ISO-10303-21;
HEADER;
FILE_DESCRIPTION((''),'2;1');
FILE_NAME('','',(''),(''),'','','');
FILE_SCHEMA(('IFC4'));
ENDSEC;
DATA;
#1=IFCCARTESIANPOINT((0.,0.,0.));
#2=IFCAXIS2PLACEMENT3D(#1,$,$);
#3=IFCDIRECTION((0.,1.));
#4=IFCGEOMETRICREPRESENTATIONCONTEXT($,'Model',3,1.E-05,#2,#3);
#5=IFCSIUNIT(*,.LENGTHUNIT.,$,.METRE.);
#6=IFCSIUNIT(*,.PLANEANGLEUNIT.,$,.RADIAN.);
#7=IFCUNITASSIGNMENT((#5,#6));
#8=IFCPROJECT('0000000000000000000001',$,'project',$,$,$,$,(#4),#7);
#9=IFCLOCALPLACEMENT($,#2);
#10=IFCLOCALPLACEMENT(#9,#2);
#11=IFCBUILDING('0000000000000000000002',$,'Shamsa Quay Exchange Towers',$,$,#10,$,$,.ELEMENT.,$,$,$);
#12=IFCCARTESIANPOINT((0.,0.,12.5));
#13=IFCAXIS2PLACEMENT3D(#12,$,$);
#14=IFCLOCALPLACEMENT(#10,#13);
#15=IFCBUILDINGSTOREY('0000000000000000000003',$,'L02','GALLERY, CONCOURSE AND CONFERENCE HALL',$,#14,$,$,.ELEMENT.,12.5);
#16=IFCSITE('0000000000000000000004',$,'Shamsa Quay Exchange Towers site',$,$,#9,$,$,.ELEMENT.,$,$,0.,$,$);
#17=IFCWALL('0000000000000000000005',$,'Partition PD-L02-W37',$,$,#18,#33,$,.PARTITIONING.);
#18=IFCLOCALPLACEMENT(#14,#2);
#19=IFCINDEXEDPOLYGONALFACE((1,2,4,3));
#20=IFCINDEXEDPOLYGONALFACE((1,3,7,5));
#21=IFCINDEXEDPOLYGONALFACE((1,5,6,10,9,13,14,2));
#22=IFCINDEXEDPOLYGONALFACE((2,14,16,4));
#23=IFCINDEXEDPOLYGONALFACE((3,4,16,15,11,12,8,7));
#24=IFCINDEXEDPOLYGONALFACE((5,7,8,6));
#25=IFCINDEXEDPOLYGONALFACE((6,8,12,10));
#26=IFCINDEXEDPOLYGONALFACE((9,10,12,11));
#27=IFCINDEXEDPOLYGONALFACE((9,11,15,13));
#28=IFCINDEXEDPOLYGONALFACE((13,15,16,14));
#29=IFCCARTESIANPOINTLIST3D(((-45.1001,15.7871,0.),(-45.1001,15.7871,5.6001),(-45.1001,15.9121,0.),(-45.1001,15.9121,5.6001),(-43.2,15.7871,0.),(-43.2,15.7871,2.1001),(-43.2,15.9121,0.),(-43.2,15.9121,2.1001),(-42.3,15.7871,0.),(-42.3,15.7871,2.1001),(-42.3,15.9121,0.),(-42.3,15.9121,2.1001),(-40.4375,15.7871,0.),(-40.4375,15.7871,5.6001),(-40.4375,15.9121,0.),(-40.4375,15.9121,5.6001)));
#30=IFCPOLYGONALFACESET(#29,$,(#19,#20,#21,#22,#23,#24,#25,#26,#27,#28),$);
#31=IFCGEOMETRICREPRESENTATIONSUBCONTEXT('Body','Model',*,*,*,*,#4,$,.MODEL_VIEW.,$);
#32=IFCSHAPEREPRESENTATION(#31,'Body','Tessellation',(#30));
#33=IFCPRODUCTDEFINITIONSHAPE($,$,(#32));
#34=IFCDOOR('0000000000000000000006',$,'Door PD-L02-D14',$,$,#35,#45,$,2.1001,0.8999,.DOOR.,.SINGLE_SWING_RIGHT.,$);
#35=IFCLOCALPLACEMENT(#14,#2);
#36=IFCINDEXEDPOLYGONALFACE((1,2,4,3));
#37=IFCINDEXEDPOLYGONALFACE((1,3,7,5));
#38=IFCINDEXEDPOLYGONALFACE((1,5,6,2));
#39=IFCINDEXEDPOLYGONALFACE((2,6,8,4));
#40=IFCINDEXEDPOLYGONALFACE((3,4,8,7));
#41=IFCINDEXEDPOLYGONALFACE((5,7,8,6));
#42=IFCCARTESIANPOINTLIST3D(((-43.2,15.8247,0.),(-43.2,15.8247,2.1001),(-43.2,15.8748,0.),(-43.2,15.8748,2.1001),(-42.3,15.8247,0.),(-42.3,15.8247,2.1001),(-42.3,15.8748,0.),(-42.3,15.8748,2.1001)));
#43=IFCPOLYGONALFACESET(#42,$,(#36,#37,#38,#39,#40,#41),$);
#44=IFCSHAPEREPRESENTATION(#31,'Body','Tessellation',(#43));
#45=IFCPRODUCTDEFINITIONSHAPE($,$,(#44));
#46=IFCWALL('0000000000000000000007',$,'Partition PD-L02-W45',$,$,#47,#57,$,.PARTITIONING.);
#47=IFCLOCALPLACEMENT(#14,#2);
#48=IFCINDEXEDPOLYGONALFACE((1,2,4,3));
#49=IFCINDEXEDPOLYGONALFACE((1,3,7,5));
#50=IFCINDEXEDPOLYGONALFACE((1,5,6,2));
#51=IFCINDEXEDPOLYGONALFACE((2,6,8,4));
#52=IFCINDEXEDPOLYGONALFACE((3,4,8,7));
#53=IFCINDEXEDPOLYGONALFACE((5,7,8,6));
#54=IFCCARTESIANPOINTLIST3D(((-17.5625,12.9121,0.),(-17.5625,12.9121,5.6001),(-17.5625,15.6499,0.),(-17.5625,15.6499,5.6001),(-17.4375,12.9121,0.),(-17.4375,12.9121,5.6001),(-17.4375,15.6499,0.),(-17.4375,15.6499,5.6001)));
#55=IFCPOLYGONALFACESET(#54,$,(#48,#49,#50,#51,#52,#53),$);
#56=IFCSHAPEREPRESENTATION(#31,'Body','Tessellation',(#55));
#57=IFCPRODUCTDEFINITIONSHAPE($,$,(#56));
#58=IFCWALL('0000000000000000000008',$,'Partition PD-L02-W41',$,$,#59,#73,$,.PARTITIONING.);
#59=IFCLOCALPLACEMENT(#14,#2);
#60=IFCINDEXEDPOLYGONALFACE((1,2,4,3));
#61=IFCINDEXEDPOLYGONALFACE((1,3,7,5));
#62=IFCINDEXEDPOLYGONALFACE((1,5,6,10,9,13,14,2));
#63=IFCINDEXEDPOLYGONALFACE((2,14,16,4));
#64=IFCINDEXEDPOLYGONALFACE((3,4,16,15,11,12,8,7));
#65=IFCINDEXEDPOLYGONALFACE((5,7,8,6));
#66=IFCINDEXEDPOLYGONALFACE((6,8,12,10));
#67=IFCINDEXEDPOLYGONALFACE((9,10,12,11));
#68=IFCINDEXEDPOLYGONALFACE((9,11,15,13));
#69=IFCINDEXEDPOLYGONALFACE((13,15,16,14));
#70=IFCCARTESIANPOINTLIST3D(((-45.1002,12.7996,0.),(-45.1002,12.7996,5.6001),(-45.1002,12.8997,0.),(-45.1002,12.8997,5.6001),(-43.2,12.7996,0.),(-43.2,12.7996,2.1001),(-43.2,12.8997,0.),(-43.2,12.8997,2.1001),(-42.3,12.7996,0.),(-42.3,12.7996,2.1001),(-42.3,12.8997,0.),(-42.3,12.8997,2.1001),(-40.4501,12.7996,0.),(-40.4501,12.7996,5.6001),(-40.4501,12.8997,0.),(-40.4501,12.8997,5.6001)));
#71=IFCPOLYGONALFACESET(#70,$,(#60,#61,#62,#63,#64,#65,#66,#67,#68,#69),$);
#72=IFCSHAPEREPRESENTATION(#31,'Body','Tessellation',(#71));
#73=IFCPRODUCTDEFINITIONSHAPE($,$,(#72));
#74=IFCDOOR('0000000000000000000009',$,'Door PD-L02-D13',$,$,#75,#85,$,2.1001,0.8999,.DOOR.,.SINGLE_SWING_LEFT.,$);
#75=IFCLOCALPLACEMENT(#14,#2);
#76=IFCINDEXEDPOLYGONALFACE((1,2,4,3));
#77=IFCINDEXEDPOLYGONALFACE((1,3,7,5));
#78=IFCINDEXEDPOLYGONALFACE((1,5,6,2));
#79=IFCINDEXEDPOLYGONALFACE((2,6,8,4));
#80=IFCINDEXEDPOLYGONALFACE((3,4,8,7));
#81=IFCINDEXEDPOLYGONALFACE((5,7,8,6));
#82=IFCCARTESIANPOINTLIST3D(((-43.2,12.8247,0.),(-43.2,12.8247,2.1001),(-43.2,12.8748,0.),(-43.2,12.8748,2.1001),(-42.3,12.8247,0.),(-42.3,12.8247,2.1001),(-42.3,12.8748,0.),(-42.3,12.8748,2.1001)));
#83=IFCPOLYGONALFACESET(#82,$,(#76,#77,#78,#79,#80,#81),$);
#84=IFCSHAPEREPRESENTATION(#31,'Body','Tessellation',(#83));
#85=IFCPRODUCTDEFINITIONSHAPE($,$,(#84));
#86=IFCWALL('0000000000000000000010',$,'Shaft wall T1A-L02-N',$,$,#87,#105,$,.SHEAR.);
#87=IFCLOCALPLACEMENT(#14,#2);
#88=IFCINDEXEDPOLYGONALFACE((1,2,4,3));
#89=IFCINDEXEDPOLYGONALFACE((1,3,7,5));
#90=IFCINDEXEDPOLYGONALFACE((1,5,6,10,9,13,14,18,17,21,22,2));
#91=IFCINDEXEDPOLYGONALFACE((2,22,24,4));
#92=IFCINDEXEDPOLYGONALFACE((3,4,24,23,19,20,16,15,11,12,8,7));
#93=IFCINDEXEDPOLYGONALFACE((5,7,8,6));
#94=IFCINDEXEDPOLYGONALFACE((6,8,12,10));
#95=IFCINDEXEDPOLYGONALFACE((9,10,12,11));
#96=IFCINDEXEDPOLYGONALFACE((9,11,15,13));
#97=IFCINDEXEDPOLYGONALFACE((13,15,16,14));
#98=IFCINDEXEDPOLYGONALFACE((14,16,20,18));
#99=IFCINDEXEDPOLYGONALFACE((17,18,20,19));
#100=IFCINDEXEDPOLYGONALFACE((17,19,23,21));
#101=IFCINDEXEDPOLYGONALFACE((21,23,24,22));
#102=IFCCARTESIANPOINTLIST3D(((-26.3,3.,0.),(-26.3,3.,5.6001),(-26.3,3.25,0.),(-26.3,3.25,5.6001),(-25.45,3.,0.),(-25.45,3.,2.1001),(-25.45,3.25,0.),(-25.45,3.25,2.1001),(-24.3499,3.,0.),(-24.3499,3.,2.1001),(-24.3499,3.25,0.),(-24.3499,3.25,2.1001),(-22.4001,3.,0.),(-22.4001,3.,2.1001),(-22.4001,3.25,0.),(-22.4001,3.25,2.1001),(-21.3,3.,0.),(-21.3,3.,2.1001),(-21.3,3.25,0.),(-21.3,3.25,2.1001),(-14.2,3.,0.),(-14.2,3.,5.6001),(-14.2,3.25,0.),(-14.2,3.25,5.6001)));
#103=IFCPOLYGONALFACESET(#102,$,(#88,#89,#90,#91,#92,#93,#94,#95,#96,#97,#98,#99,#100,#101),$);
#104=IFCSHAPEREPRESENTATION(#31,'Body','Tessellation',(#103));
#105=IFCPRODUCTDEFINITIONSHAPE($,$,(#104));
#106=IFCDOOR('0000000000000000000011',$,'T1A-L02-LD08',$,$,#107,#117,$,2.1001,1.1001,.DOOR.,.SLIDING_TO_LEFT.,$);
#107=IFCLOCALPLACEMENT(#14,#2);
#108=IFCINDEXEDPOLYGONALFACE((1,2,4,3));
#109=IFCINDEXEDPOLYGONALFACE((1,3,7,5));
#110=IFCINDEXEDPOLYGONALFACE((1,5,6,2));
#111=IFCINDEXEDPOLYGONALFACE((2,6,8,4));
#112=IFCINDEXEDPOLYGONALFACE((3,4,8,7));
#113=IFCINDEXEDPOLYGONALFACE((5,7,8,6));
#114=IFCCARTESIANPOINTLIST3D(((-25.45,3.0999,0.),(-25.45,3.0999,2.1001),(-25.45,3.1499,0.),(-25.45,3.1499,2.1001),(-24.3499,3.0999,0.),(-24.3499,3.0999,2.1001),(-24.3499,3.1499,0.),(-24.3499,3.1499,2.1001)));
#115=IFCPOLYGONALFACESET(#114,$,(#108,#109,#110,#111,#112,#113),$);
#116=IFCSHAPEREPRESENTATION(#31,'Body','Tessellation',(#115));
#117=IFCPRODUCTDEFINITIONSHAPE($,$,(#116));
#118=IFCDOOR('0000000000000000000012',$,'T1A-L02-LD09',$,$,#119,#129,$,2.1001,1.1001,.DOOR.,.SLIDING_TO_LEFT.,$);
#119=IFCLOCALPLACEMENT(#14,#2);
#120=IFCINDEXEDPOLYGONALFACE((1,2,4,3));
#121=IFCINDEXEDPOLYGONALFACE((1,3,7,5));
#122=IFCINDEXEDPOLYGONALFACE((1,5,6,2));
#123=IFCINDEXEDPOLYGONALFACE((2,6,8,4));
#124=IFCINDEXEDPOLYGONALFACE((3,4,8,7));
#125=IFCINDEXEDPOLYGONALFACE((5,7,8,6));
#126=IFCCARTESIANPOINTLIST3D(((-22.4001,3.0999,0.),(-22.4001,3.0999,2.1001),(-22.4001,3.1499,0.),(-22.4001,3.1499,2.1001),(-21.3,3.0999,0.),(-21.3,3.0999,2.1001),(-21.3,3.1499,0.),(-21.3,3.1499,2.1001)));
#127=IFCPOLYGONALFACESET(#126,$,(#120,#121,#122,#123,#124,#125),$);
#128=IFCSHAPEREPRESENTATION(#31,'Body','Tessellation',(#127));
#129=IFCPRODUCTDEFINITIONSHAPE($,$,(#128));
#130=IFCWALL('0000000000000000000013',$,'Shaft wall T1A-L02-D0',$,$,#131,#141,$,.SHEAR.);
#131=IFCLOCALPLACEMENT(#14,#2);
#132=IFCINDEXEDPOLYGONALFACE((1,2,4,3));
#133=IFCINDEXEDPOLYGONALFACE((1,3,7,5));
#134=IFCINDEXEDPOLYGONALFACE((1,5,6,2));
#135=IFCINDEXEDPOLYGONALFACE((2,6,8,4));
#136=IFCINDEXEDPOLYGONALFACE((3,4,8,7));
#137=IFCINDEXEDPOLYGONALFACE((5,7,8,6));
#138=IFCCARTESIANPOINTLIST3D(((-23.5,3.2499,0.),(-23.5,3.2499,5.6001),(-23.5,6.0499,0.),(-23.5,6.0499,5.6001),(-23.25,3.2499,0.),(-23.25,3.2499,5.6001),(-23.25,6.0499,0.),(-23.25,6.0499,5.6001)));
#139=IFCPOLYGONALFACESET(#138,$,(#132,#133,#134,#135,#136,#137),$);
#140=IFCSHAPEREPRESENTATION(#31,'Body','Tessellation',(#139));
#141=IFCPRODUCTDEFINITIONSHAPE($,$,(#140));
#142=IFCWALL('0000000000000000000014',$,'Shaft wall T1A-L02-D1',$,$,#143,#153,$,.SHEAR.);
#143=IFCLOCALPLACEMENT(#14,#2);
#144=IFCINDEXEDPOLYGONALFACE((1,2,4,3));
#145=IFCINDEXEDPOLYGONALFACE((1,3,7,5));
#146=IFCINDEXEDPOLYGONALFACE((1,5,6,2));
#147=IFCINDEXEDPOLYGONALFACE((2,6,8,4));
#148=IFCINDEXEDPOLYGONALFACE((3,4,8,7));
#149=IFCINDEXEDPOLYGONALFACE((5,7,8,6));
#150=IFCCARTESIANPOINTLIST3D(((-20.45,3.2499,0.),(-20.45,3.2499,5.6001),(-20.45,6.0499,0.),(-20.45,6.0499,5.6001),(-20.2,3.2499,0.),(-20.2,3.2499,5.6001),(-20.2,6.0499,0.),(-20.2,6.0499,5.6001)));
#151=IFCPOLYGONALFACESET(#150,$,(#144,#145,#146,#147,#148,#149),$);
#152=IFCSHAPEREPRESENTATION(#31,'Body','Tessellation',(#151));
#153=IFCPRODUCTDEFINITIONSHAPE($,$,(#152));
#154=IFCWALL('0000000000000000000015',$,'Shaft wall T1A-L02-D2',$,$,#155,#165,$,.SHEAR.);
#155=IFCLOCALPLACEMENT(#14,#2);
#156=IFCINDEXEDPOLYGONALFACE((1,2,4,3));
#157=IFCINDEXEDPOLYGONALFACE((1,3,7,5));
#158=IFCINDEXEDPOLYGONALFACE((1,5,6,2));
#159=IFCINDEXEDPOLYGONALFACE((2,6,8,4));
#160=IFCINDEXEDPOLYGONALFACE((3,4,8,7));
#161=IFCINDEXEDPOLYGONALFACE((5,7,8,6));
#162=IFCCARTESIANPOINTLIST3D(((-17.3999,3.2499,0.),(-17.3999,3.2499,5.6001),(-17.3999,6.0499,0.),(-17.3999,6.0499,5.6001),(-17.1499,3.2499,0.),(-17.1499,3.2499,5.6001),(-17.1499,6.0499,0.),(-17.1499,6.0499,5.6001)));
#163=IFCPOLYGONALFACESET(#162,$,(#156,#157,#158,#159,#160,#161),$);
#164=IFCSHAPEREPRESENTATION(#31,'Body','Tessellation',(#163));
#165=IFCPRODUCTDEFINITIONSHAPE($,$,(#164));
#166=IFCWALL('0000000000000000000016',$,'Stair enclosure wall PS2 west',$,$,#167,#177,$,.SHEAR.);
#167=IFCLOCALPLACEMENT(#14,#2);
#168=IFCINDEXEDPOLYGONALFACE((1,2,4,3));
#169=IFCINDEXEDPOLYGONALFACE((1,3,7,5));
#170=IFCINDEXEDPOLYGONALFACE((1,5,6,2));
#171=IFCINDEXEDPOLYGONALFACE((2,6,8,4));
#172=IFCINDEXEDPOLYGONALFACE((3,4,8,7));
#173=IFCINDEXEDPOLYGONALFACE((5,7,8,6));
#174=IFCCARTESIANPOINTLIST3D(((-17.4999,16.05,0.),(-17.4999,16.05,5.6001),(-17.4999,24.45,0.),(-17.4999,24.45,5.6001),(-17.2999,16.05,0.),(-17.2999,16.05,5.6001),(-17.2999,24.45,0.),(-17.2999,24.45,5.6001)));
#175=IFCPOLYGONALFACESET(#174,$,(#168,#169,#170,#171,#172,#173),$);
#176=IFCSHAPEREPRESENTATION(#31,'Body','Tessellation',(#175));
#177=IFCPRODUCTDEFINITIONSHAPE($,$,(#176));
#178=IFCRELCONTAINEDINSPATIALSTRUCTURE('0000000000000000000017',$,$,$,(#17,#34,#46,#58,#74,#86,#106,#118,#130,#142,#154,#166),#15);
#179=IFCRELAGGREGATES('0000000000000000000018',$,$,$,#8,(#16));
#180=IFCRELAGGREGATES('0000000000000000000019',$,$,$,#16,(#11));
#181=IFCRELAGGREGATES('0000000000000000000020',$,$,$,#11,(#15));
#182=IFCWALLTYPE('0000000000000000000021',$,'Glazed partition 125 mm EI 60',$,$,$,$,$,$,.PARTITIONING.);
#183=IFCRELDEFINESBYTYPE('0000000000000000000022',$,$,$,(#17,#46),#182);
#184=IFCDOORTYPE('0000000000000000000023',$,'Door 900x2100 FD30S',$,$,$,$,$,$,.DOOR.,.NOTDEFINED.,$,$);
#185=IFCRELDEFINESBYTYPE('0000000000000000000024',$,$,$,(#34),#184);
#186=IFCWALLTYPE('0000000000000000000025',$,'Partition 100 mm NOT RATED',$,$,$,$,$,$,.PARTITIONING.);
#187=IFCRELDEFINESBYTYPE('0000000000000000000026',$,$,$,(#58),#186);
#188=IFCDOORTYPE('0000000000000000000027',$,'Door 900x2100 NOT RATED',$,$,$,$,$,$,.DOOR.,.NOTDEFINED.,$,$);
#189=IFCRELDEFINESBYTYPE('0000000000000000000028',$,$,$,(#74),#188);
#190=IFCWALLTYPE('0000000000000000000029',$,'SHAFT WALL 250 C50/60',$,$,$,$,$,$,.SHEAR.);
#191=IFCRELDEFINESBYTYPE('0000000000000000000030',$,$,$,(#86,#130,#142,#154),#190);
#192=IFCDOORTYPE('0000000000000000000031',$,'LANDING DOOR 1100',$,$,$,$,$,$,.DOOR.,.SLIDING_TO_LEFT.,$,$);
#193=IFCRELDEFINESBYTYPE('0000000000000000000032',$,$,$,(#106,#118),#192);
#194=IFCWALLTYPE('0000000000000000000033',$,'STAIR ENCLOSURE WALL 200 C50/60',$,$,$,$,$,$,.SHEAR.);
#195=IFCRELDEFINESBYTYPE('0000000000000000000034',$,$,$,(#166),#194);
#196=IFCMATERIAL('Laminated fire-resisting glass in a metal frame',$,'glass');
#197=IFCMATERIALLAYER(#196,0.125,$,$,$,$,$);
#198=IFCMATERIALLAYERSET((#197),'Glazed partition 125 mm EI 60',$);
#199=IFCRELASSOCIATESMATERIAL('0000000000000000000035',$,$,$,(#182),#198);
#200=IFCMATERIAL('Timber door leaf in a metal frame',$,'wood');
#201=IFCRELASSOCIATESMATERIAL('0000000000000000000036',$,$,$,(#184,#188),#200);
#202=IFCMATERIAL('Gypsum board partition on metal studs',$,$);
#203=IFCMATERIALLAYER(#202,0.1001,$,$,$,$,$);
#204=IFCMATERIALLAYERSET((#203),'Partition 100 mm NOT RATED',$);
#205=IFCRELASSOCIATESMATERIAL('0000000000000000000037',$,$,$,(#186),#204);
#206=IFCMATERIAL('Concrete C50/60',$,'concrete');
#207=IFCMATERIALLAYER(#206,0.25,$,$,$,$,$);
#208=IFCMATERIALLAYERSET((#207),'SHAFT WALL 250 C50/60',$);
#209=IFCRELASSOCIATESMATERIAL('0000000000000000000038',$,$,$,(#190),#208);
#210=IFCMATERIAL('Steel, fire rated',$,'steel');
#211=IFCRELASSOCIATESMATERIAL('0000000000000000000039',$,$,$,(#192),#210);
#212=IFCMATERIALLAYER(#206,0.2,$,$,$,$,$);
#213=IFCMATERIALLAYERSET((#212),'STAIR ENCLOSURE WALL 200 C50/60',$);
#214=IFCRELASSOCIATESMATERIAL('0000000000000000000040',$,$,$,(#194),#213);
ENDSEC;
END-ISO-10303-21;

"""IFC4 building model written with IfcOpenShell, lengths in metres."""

from ifc_helpers import new_model, si_unit, direction, frame, frame_2d, origin, place, context, subcontext, project, spatial, rectangle, extrude, material, layer, layer_set, type_object, element, fill, save


model = new_model("IFC4")

# Units and contexts
model_context = context("Model", 3, precision=1e-05, world=origin(), true_north=direction((0.0, 1.0)))
body_context = subcontext(model_context, "Body", "Model", "MODEL_VIEW")
ifc_project = project(units=[si_unit("LENGTHUNIT", "METRE"), si_unit("PLANEANGLEUNIT", "RADIAN")], contexts=[model_context])

# Site, building, storey
site_placement = place(None, origin())
site = spatial("IfcSite", under=ifc_project, at=site_placement, Name="Shamsa Quay Exchange Towers site", CompositionType="ELEMENT", RefElevation=0.0)
building_placement = place(site_placement, origin())
building = spatial("IfcBuilding", under=site, at=building_placement, Name="Shamsa Quay Exchange Towers", CompositionType="ELEMENT")
storey_placement = place(building_placement, frame((0.0, 0.0, 12.5)))
storey = spatial("IfcBuildingStorey", under=building, at=storey_placement, Name="L02", Description="GALLERY, CONCOURSE AND CONFERENCE HALL", CompositionType="ELEMENT", Elevation=12.5)

# Shared definitions
ifc_material_1 = material(Name="Timber door leaf in a metal frame", Category="wood")

# Wall, opening, door
ifc_material_2 = material(Name="Steel, fire rated", Category="steel")
ifc_material_3 = material(Name="Laminated fire-resisting glass in a metal frame", Category="glass")
ifc_layer_1 = layer(ifc_material_3, 0.125)
ifc_layer_set_1 = layer_set([ifc_layer_1], Name="Glazed partition 125 mm EI 60")
wall_type_1 = type_object("IfcWallType", Name="Glazed partition 125 mm EI 60", PredefinedType="PARTITIONING", material=ifc_layer_set_1)
wall_1_placement = place(storey_placement, frame((-40.4375, 15.8496, 0.0), z_axis=(0.0, 0.0, 1.0), x_axis=(-1.0, 0.0, 0.0)))
wall_1 = element("IfcWall", 1, at=wall_1_placement, inside=storey, type_object=wall_type_1, Name="Partition PD-L02-W37", PredefinedType="PARTITIONING", context=body_context, shape_type="SweptSolid", body=[
    extrude(rectangle(XDim=4.6626, YDim=0.125, at=frame_2d((2.3313, 0.0))), origin(), (0.0, 0.0, 1.0), 5.6001),
])
opening_1_placement = place(wall_1_placement, frame((1.8625, 0.0, 0.0)))
opening_1 = element("IfcOpeningElement", 2, at=opening_1_placement, cuts=wall_1, PredefinedType="OPENING", context=body_context, shape_type="SweptSolid", body=[
    extrude(rectangle(XDim=0.8999, YDim=2.1001, at=frame_2d((0.45, 1.05))), frame((0.0, 0.0725, 0.0), z_axis=(0.0, -1.0, 0.0), x_axis=(1.0, 0.0, 0.0)), (0.0, 0.0, 1.0), 0.145),
])
door_type_1 = type_object("IfcDoorType", Name="Door 900x2100 FD30S", OperationType="NOTDEFINED", PredefinedType="DOOR", material=ifc_material_1)
door_1_placement = place(opening_1_placement, origin())
door_1 = element("IfcDoor", 3, at=door_1_placement, inside=storey, type_object=door_type_1, Name="Door PD-L02-D14", OperationType="SINGLE_SWING_RIGHT", OverallHeight=2.1001, OverallWidth=0.8999, PredefinedType="DOOR", context=body_context, shape_type="SweptSolid", body=[
    extrude(rectangle(XDim=0.8999, YDim=2.1001, at=frame_2d((0.45, 1.05))), frame((0.0, 0.0249, 0.0), z_axis=(0.0, -1.0, 0.0), x_axis=(1.0, 0.0, 0.0)), (0.0, 0.0, 1.0), 0.05),
])
fill(opening_1, door_1)

# Wall
wall_2_placement = place(storey_placement, frame((-17.5, 12.9121, 0.0), z_axis=(0.0, 0.0, 1.0), x_axis=(0.0, 1.0, 0.0)))
element("IfcWall", 4, at=wall_2_placement, inside=storey, type_object=wall_type_1, Name="Partition PD-L02-W45", PredefinedType="PARTITIONING", context=body_context, shape_type="SweptSolid", body=[
    extrude(rectangle(XDim=2.7378, YDim=0.125, at=frame_2d((1.3689, 0.0))), origin(), (0.0, 0.0, 1.0), 5.6001),
])

# Wall, opening, door
ifc_material_4 = material(Name="Gypsum board partition on metal studs")
ifc_layer_2 = layer(ifc_material_4, 0.1001)
ifc_layer_set_2 = layer_set([ifc_layer_2], Name="Partition 100 mm NOT RATED")
wall_type_2 = type_object("IfcWallType", Name="Partition 100 mm NOT RATED", PredefinedType="PARTITIONING", material=ifc_layer_set_2)
wall_3_placement = place(storey_placement, frame((-40.45, 12.8496, 0.0), z_axis=(0.0, 0.0, 1.0), x_axis=(-1.0, 0.0, 0.0)))
wall_3 = element("IfcWall", 5, at=wall_3_placement, inside=storey, type_object=wall_type_2, Name="Partition PD-L02-W41", PredefinedType="PARTITIONING", context=body_context, shape_type="SweptSolid", body=[
    extrude(rectangle(XDim=4.6501, YDim=0.1001, at=frame_2d((2.3252, 0.0))), origin(), (0.0, 0.0, 1.0), 5.6001),
])
opening_2_placement = place(wall_3_placement, frame((1.8501, 0.0, 0.0)))
opening_2 = element("IfcOpeningElement", 6, at=opening_2_placement, cuts=wall_3, PredefinedType="OPENING", context=body_context, shape_type="SweptSolid", body=[
    extrude(rectangle(XDim=0.8999, YDim=2.1001, at=frame_2d((0.45, 1.05))), frame((0.0, 0.0601, 0.0), z_axis=(0.0, -1.0, 0.0), x_axis=(1.0, 0.0, 0.0)), (0.0, 0.0, 1.0), 0.1201),
])
door_type_2 = type_object("IfcDoorType", Name="Door 900x2100 NOT RATED", OperationType="NOTDEFINED", PredefinedType="DOOR", material=ifc_material_1)
door_2_placement = place(opening_2_placement, origin())
door_2 = element("IfcDoor", 7, at=door_2_placement, inside=storey, type_object=door_type_2, Name="Door PD-L02-D13", OperationType="SINGLE_SWING_LEFT", OverallHeight=2.1001, OverallWidth=0.8999, PredefinedType="DOOR", context=body_context, shape_type="SweptSolid", body=[
    extrude(rectangle(XDim=0.8999, YDim=2.1001, at=frame_2d((0.45, 1.05))), frame((0.0, 0.0249, 0.0), z_axis=(0.0, -1.0, 0.0), x_axis=(1.0, 0.0, 0.0)), (0.0, 0.0, 1.0), 0.05),
])
fill(opening_2, door_2)

# Wall, openings, doors
ifc_material_5 = material(Name="Concrete C50/60", Category="concrete")
ifc_layer_3 = layer(ifc_material_5, 0.25)
ifc_layer_set_3 = layer_set([ifc_layer_3], Name="SHAFT WALL 250 C50/60")
wall_type_3 = type_object("IfcWallType", Name="SHAFT WALL 250 C50/60", PredefinedType="SHEAR", material=ifc_layer_set_3)
wall_4_placement = place(storey_placement, frame((-26.3, 3.125, 0.0)))
wall_4 = element("IfcWall", 8, at=wall_4_placement, inside=storey, type_object=wall_type_3, Name="Shaft wall T1A-L02-N", PredefinedType="SHEAR", context=body_context, shape_type="SweptSolid", body=[
    extrude(rectangle(XDim=12.1001, YDim=0.25, at=frame_2d((6.05, 0.0))), origin(), (0.0, 0.0, 1.0), 5.6001),
])
opening_3_placement = place(wall_4_placement, frame((0.8501, 0.0, 0.0)))
opening_3 = element("IfcOpeningElement", 9, at=opening_3_placement, cuts=wall_4, PredefinedType="OPENING", context=body_context, shape_type="SweptSolid", body=[
    extrude(rectangle(XDim=1.1001, YDim=2.1001, at=frame_2d((0.55, 1.05))), frame((0.0, 0.135, 0.0), z_axis=(0.0, -1.0, 0.0), x_axis=(1.0, 0.0, 0.0)), (0.0, 0.0, 1.0), 0.27),
])
opening_4_placement = place(wall_4_placement, frame((3.8999, 0.0, 0.0)))
opening_4 = element("IfcOpeningElement", 10, at=opening_4_placement, cuts=wall_4, PredefinedType="OPENING", context=body_context, shape_type="SweptSolid", body=[
    extrude(rectangle(XDim=1.1001, YDim=2.1001, at=frame_2d((0.55, 1.05))), frame((0.0, 0.135, 0.0), z_axis=(0.0, -1.0, 0.0), x_axis=(1.0, 0.0, 0.0)), (0.0, 0.0, 1.0), 0.27),
])
door_type_3 = type_object("IfcDoorType", Name="LANDING DOOR 1100", OperationType="SLIDING_TO_LEFT", PredefinedType="DOOR", material=ifc_material_2)
door_3_placement = place(opening_3_placement, origin())
door_3 = element("IfcDoor", 11, at=door_3_placement, inside=storey, type_object=door_type_3, Name="T1A-L02-LD08", OperationType="SLIDING_TO_LEFT", OverallHeight=2.1001, OverallWidth=1.1001, PredefinedType="DOOR", context=body_context, shape_type="SweptSolid", body=[
    extrude(rectangle(XDim=1.1001, YDim=2.1001, at=frame_2d((0.55, 1.05))), frame((0.0, 0.0249, 0.0), z_axis=(0.0, -1.0, 0.0), x_axis=(1.0, 0.0, 0.0)), (0.0, 0.0, 1.0), 0.05),
])
fill(opening_3, door_3)
door_4_placement = place(opening_4_placement, origin())
door_4 = element("IfcDoor", 12, at=door_4_placement, inside=storey, type_object=door_type_3, Name="T1A-L02-LD09", OperationType="SLIDING_TO_LEFT", OverallHeight=2.1001, OverallWidth=1.1001, PredefinedType="DOOR", context=body_context, shape_type="SweptSolid", body=[
    extrude(rectangle(XDim=1.1001, YDim=2.1001, at=frame_2d((0.55, 1.05))), frame((0.0, 0.0249, 0.0), z_axis=(0.0, -1.0, 0.0), x_axis=(1.0, 0.0, 0.0)), (0.0, 0.0, 1.0), 0.05),
])
fill(opening_4, door_4)

# Walls
for number, where, z_axis, x_axis, name in (
    (13, (-23.375, 3.25, 0.0), (0.0, 0.0, 1.0), (0.0, 1.0, 0.0), "Shaft wall T1A-L02-D0"),
    (14, (-20.325, 3.25, 0.0), (0.0, 0.0, 1.0), (0.0, 1.0, 0.0), "Shaft wall T1A-L02-D1"),
    (15, (-17.2749, 3.25, 0.0), (0.0, 0.0, 1.0), (0.0, 1.0, 0.0), "Shaft wall T1A-L02-D2"),
):
    element("IfcWall", number, at=place(storey_placement, frame(where, z_axis=z_axis, x_axis=x_axis)), inside=storey, type_object=wall_type_3, Name=name, PredefinedType="SHEAR", context=body_context, shape_type="SweptSolid", body=[
        extrude(rectangle(XDim=2.8, YDim=0.25, at=frame_2d((1.3999, 0.0))), origin(), (0.0, 0.0, 1.0), 5.6001),
    ])

# Shared definitions
ifc_layer_4 = layer(ifc_material_5, 0.2)
ifc_layer_set_4 = layer_set([ifc_layer_4], Name="STAIR ENCLOSURE WALL 200 C50/60")
wall_type_4 = type_object("IfcWallType", Name="STAIR ENCLOSURE WALL 200 C50/60", PredefinedType="SHEAR", material=ifc_layer_set_4)

# Wall
wall_5_placement = place(storey_placement, frame((-17.3999, 16.05, 0.0), z_axis=(0.0, 0.0, 1.0), x_axis=(0.0, 1.0, 0.0)))
element("IfcWall", 16, at=wall_5_placement, inside=storey, type_object=wall_type_4, Name="Stair enclosure wall PS2 west", PredefinedType="SHEAR", context=body_context, shape_type="SweptSolid", body=[
    extrude(rectangle(XDim=8.3999, YDim=0.2, at=frame_2d((4.2, 0.0))), origin(), (0.0, 0.0, 1.0), 5.6001),
])

save(model, "model.ifc")
